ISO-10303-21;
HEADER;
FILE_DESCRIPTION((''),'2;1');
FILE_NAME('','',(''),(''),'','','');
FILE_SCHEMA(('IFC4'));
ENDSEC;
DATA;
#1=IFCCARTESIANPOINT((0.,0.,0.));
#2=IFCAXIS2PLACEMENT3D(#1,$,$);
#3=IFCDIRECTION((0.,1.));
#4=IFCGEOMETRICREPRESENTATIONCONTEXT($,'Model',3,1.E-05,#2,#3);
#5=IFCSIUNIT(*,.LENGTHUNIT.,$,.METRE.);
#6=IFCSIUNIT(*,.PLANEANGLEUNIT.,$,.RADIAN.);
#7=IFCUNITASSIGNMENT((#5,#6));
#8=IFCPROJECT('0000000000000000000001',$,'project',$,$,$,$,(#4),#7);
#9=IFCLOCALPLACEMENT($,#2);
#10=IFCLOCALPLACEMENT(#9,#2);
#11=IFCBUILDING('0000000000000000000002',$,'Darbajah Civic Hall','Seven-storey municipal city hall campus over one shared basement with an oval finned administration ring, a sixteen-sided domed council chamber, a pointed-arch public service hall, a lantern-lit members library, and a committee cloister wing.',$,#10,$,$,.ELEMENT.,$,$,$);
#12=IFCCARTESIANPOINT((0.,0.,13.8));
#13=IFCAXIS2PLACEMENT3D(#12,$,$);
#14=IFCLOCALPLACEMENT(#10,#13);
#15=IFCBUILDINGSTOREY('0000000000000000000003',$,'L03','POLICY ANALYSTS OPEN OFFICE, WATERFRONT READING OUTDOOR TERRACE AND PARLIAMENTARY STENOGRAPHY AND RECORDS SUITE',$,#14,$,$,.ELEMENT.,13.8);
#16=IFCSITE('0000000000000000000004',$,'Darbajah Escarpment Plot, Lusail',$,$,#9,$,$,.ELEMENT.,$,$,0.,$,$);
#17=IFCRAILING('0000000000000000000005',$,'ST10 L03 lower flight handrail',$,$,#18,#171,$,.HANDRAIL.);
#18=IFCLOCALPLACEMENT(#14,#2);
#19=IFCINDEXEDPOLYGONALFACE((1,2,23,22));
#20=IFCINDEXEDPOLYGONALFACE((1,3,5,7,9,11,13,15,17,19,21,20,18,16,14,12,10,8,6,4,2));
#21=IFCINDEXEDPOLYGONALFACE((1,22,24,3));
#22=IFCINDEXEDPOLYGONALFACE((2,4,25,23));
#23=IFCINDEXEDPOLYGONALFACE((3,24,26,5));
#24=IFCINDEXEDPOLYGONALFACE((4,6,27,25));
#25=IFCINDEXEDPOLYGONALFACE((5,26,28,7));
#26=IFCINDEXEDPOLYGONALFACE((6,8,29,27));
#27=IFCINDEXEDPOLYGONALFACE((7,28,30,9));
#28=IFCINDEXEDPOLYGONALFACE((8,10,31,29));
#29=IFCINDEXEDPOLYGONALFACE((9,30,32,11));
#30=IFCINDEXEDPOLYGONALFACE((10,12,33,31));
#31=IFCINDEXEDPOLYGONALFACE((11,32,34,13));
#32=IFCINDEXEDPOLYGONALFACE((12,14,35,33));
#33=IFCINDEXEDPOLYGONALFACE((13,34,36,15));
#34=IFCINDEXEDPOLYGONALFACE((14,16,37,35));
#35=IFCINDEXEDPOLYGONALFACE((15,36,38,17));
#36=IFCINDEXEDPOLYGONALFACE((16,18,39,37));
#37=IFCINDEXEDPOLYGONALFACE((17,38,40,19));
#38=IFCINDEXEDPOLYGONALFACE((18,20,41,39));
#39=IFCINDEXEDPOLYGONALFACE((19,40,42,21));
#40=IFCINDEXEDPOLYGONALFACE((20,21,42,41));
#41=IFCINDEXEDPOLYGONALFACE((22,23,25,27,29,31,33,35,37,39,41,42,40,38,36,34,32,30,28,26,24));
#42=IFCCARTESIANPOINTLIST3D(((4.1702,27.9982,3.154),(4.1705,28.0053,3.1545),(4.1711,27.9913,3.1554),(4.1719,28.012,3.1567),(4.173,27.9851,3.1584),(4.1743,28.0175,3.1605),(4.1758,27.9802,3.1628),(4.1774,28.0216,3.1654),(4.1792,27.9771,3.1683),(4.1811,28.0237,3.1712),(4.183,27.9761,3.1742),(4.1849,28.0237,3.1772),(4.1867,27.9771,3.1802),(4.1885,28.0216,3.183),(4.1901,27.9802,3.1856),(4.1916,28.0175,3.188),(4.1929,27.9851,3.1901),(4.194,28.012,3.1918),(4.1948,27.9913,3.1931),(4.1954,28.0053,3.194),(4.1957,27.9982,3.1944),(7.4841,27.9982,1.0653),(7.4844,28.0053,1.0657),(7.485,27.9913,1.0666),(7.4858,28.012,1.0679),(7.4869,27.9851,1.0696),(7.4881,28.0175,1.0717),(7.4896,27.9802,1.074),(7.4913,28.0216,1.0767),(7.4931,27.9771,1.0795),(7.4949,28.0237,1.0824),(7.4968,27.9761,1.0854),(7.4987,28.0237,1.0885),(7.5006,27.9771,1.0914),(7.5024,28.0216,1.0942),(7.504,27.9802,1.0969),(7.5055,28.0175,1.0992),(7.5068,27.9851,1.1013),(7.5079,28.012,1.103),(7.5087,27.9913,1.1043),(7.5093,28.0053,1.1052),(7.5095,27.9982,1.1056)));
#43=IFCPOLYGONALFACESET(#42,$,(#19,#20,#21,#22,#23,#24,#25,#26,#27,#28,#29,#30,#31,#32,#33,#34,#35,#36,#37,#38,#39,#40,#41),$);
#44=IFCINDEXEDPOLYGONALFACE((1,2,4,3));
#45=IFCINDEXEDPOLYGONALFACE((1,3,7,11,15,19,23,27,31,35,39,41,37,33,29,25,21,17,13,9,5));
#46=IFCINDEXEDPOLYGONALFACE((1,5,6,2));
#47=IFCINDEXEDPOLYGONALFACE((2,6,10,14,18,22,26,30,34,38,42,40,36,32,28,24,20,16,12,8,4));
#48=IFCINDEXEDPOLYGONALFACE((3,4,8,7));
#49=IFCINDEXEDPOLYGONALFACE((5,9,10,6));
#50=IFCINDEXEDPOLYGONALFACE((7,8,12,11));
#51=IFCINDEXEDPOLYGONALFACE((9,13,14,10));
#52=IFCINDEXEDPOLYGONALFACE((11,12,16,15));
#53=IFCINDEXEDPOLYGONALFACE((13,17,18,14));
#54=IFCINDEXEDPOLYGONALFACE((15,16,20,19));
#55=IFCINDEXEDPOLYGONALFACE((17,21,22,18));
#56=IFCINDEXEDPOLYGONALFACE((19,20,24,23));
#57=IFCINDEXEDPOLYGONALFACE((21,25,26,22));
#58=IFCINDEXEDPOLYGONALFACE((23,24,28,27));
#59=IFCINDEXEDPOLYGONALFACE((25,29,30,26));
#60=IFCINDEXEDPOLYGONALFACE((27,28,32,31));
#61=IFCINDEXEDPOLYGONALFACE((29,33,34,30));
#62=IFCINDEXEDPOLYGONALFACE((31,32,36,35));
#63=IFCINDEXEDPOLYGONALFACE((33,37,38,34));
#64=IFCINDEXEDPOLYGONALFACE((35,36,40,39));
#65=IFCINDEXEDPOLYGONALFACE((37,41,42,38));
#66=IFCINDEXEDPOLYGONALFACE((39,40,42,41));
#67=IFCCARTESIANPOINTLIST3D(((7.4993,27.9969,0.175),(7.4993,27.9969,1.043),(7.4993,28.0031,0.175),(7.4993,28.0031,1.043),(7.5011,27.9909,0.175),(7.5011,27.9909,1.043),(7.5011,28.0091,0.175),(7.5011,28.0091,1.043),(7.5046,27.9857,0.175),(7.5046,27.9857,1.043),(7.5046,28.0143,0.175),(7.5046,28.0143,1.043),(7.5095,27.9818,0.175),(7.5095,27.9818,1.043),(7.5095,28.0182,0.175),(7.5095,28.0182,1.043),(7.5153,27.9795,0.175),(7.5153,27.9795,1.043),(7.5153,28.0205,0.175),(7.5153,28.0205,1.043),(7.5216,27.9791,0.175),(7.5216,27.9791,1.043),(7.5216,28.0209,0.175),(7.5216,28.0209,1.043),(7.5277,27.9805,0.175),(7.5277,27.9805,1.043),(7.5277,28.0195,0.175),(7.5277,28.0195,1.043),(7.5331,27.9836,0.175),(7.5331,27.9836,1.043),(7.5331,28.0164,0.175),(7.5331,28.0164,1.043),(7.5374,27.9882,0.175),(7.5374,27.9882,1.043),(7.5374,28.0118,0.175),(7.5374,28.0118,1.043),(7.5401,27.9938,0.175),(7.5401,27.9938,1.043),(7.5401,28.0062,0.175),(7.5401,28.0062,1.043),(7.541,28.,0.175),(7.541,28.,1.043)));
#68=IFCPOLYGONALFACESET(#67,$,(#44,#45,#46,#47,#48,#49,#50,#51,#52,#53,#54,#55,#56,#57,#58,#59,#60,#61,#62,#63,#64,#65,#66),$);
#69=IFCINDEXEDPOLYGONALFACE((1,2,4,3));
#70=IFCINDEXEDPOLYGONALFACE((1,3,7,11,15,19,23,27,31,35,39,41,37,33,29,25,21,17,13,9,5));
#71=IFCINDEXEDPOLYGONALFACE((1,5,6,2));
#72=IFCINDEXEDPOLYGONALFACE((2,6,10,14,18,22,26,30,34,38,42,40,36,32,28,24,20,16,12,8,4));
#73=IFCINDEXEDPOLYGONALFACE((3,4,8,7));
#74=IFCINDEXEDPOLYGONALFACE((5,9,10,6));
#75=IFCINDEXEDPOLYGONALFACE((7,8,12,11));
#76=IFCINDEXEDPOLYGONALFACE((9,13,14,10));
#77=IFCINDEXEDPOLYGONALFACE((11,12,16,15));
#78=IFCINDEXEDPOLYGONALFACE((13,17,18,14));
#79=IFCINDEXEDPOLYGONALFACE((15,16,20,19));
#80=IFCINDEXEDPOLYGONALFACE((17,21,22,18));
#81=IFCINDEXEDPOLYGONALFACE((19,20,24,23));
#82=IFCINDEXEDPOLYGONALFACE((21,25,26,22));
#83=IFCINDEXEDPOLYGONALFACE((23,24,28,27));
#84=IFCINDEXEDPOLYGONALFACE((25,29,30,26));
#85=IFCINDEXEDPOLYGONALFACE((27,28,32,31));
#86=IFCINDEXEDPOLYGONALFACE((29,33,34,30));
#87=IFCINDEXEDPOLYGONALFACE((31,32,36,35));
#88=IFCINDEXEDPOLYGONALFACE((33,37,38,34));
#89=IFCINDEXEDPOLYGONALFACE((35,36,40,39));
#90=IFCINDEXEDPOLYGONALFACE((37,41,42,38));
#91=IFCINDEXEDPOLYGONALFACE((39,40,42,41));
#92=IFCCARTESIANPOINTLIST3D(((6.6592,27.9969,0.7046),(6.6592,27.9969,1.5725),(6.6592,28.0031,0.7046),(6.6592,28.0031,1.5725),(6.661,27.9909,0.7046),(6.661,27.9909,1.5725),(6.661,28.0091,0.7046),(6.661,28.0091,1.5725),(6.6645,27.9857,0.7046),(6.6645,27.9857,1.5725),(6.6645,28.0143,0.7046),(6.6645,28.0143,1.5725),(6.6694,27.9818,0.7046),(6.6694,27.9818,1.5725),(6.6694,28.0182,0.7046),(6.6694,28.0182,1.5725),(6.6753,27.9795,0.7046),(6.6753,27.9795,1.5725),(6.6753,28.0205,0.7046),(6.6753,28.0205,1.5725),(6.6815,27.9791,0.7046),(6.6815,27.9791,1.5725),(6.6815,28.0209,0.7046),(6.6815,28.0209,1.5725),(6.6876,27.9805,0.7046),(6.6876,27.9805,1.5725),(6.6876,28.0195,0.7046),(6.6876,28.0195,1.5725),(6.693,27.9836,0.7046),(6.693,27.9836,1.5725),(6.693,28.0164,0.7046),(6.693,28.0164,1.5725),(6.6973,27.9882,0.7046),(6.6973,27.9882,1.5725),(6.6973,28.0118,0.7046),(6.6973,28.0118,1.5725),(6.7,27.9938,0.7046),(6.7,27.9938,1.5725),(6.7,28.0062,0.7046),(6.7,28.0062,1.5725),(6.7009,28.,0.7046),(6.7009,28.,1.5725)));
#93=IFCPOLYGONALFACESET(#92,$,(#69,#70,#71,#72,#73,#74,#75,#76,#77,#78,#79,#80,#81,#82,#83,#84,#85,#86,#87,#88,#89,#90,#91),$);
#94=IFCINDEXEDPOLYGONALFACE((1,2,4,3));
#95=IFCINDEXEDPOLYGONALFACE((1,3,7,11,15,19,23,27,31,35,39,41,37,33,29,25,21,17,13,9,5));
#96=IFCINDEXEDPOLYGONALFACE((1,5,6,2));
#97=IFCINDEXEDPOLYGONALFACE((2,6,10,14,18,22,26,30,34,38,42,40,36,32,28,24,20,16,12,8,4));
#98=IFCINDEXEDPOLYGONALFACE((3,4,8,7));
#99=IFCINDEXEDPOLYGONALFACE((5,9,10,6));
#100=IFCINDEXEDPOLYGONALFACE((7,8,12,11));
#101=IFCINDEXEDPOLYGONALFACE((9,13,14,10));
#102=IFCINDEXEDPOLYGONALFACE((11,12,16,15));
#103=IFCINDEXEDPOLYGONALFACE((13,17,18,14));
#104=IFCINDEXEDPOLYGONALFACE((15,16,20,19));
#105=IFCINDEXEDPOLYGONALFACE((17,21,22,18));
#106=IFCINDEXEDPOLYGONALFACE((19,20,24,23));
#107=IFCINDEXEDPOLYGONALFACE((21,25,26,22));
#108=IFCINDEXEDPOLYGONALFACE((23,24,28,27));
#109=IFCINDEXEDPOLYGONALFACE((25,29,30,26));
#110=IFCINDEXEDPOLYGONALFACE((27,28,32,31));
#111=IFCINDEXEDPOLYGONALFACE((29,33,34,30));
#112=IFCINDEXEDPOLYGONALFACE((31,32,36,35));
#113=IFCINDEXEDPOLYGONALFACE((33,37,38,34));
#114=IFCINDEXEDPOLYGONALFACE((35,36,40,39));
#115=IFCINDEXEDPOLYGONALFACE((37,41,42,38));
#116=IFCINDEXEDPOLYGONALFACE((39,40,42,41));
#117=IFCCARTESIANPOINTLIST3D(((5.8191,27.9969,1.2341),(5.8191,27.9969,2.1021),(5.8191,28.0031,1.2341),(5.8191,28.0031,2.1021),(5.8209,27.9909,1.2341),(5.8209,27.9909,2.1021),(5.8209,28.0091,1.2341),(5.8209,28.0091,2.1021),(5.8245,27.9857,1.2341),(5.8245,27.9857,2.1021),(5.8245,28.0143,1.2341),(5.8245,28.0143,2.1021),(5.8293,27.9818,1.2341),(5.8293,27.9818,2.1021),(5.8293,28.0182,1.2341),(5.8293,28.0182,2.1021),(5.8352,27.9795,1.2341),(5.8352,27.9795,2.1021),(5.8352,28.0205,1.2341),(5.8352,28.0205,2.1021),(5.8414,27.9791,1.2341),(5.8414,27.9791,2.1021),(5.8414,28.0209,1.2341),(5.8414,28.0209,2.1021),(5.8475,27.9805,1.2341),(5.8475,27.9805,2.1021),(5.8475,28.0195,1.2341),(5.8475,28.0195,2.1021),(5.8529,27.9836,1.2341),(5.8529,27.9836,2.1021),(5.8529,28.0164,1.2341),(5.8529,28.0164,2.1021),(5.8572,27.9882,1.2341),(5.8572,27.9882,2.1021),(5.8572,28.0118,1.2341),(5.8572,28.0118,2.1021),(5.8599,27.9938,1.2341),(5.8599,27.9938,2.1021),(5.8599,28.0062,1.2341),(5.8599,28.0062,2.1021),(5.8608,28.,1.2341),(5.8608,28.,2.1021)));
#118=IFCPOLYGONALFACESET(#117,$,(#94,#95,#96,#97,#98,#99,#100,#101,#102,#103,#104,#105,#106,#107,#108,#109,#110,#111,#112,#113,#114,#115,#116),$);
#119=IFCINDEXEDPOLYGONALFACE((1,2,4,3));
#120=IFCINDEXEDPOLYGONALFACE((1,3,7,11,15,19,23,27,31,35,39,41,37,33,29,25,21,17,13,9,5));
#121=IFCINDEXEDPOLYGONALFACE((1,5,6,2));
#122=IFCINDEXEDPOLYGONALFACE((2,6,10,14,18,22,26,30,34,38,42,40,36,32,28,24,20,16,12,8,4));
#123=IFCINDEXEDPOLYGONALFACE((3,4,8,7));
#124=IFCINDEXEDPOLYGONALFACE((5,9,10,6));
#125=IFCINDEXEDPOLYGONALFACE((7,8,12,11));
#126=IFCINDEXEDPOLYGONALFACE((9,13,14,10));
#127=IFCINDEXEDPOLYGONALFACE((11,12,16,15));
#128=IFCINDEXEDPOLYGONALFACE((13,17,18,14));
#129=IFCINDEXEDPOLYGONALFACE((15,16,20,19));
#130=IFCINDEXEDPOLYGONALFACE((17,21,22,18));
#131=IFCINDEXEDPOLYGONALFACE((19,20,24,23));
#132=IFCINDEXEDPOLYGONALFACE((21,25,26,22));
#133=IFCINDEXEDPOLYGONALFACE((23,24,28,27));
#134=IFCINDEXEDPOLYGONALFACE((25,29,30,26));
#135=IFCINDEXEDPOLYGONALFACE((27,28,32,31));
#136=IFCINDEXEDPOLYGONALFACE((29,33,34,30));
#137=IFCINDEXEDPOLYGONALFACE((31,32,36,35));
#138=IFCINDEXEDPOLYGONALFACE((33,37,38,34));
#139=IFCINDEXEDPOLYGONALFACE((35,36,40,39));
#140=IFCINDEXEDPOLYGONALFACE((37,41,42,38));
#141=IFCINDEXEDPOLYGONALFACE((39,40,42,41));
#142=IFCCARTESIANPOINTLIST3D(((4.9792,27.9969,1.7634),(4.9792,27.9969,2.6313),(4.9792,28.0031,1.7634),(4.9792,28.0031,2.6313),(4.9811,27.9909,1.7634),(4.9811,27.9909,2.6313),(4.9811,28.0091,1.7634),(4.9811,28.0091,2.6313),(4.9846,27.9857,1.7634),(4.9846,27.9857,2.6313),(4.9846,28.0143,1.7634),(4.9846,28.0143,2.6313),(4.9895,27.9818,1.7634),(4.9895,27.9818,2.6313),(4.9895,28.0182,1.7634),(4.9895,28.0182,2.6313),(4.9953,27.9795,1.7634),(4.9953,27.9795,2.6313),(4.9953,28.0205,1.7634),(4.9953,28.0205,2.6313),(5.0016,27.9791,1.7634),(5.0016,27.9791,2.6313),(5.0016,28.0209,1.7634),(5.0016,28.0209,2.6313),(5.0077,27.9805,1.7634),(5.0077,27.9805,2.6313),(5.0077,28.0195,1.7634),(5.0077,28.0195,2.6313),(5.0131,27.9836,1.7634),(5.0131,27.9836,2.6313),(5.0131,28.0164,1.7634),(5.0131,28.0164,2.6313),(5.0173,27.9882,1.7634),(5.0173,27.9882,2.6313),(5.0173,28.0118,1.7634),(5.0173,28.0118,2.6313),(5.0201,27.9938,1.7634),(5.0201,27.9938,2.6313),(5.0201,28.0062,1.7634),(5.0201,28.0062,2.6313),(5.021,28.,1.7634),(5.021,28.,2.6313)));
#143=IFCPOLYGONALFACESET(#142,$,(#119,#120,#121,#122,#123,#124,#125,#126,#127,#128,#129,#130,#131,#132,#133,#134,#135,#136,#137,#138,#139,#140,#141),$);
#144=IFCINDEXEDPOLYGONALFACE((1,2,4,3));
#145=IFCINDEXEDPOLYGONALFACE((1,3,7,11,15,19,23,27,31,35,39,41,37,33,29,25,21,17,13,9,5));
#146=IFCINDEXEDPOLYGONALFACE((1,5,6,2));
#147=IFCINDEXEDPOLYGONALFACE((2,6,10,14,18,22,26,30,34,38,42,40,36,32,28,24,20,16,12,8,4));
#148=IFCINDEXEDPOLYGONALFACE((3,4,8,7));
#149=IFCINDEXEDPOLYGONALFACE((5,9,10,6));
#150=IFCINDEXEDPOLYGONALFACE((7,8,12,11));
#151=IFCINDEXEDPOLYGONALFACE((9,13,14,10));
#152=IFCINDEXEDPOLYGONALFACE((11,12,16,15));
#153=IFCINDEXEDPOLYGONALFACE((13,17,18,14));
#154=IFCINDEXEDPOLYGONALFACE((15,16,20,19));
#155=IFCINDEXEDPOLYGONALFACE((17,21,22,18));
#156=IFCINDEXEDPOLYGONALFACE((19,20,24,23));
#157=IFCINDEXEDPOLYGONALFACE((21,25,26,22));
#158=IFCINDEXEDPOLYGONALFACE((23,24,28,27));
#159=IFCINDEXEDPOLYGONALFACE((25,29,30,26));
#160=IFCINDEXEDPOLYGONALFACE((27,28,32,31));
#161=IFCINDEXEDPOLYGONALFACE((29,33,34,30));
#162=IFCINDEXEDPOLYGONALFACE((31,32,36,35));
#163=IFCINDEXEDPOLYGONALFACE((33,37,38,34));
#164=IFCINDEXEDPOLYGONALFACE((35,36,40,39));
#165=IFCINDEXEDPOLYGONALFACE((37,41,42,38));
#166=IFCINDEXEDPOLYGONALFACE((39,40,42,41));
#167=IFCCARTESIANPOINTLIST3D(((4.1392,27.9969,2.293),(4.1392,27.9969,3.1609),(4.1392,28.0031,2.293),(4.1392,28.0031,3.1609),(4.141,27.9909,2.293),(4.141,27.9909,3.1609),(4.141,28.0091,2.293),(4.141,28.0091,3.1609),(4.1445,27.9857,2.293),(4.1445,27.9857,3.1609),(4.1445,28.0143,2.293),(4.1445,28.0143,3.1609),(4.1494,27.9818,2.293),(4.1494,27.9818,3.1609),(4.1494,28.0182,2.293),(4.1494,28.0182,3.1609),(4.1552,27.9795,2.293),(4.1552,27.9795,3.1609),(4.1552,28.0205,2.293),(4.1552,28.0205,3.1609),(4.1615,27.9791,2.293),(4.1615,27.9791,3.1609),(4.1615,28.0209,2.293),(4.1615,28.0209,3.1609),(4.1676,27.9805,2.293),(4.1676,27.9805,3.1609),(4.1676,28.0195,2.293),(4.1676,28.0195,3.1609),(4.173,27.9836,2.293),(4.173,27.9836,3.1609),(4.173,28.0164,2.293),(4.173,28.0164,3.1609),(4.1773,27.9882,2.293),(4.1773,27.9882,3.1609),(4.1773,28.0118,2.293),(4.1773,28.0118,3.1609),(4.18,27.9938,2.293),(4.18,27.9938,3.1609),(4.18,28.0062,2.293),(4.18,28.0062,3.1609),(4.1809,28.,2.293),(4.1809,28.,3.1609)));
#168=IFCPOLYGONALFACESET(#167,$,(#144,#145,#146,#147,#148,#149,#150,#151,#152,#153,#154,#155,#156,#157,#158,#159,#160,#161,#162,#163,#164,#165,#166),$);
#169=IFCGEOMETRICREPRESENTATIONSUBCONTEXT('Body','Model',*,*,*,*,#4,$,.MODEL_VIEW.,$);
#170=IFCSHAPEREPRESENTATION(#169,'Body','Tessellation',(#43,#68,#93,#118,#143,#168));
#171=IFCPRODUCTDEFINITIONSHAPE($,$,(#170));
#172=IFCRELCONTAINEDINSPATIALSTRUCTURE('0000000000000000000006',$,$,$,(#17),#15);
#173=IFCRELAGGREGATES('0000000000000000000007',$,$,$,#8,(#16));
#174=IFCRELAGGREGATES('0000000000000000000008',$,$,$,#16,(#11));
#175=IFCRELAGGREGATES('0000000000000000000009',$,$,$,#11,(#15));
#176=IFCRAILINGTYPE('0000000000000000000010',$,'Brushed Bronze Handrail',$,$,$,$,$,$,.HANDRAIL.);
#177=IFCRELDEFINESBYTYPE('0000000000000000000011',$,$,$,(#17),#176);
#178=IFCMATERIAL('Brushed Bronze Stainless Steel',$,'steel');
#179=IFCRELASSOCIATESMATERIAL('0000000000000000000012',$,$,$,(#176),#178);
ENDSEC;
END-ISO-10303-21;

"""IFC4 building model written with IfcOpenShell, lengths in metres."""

from ifc_helpers import new_model, si_unit, direction, frame, origin, origin_2d, place, context, subcontext, project, spatial, circle, extrude, material, type_object, element, save


model = new_model("IFC4")

# Units and contexts
model_context = context("Model", 3, precision=1e-05, world=origin(), true_north=direction((0.0, 1.0)))
body_context = subcontext(model_context, "Body", "Model", "MODEL_VIEW")
ifc_project = project(units=[si_unit("LENGTHUNIT", "METRE"), si_unit("PLANEANGLEUNIT", "RADIAN")], contexts=[model_context])

# Site, building, storey
site_placement = place(None, origin())
site = spatial("IfcSite", under=ifc_project, at=site_placement, Name="Darbajah Escarpment Plot, Lusail", CompositionType="ELEMENT", RefElevation=0.0)
building_placement = place(site_placement, origin())
building = spatial("IfcBuilding", under=site, at=building_placement, Name="Darbajah Civic Hall", Description="Seven-storey municipal city hall campus over one shared basement with an oval finned administration ring, a sixteen-sided domed council chamber, a pointed-arch public service hall, a lantern-lit members library, and a committee cloister wing.", CompositionType="ELEMENT")
storey_placement = place(building_placement, frame((0.0, 0.0, 13.8)))
storey = spatial("IfcBuildingStorey", under=building, at=storey_placement, Name="L03", Description="POLICY ANALYSTS OPEN OFFICE, WATERFRONT READING OUTDOOR TERRACE AND PARLIAMENTARY STENOGRAPHY AND RECORDS SUITE", CompositionType="ELEMENT", Elevation=13.8)

# Railing
ifc_material_1 = material(Name="Brushed Bronze Stainless Steel", Category="steel")
railing_type_1 = type_object("IfcRailingType", Name="Brushed Bronze Handrail", PredefinedType="HANDRAIL", material=ifc_material_1)
railing_1_placement = place(storey_placement, frame((7.52, 28.0, 0.175)))
element("IfcRailing", 1, at=railing_1_placement, inside=storey, type_object=railing_type_1, Name="ST10 L03 lower flight handrail", PredefinedType="HANDRAIL", context=body_context, shape_type="SweptSolid", body=[
    extrude(circle(Radius=0.0239, at=origin_2d()), frame((-0.0232, 0.0, 0.9104), z_axis=(-0.845972, 0.0, 0.533227), x_axis=(0.0, -1.0, 0.0)), (0.0, 0.0, 1.0), 3.9172),
    extrude(circle(Radius=0.021, at=origin_2d()), origin(), (0.0, 0.0, 1.0), 0.8679),
    extrude(circle(Radius=0.021, at=origin_2d()), frame((-0.8401, 0.0, 0.5295)), (0.0, 0.0, 1.0), 0.8679),
    extrude(circle(Radius=0.021, at=origin_2d()), frame((-1.6802, 0.0, 1.0591)), (0.0, 0.0, 1.0), 0.8679),
    extrude(circle(Radius=0.021, at=origin_2d()), frame((-2.52, 0.0, 1.5884)), (0.0, 0.0, 1.0), 0.8679),
    extrude(circle(Radius=0.021, at=origin_2d()), frame((-3.3601, 0.0, 2.1179)), (0.0, 0.0, 1.0), 0.8679),
])

save(model, "model.ifc")
